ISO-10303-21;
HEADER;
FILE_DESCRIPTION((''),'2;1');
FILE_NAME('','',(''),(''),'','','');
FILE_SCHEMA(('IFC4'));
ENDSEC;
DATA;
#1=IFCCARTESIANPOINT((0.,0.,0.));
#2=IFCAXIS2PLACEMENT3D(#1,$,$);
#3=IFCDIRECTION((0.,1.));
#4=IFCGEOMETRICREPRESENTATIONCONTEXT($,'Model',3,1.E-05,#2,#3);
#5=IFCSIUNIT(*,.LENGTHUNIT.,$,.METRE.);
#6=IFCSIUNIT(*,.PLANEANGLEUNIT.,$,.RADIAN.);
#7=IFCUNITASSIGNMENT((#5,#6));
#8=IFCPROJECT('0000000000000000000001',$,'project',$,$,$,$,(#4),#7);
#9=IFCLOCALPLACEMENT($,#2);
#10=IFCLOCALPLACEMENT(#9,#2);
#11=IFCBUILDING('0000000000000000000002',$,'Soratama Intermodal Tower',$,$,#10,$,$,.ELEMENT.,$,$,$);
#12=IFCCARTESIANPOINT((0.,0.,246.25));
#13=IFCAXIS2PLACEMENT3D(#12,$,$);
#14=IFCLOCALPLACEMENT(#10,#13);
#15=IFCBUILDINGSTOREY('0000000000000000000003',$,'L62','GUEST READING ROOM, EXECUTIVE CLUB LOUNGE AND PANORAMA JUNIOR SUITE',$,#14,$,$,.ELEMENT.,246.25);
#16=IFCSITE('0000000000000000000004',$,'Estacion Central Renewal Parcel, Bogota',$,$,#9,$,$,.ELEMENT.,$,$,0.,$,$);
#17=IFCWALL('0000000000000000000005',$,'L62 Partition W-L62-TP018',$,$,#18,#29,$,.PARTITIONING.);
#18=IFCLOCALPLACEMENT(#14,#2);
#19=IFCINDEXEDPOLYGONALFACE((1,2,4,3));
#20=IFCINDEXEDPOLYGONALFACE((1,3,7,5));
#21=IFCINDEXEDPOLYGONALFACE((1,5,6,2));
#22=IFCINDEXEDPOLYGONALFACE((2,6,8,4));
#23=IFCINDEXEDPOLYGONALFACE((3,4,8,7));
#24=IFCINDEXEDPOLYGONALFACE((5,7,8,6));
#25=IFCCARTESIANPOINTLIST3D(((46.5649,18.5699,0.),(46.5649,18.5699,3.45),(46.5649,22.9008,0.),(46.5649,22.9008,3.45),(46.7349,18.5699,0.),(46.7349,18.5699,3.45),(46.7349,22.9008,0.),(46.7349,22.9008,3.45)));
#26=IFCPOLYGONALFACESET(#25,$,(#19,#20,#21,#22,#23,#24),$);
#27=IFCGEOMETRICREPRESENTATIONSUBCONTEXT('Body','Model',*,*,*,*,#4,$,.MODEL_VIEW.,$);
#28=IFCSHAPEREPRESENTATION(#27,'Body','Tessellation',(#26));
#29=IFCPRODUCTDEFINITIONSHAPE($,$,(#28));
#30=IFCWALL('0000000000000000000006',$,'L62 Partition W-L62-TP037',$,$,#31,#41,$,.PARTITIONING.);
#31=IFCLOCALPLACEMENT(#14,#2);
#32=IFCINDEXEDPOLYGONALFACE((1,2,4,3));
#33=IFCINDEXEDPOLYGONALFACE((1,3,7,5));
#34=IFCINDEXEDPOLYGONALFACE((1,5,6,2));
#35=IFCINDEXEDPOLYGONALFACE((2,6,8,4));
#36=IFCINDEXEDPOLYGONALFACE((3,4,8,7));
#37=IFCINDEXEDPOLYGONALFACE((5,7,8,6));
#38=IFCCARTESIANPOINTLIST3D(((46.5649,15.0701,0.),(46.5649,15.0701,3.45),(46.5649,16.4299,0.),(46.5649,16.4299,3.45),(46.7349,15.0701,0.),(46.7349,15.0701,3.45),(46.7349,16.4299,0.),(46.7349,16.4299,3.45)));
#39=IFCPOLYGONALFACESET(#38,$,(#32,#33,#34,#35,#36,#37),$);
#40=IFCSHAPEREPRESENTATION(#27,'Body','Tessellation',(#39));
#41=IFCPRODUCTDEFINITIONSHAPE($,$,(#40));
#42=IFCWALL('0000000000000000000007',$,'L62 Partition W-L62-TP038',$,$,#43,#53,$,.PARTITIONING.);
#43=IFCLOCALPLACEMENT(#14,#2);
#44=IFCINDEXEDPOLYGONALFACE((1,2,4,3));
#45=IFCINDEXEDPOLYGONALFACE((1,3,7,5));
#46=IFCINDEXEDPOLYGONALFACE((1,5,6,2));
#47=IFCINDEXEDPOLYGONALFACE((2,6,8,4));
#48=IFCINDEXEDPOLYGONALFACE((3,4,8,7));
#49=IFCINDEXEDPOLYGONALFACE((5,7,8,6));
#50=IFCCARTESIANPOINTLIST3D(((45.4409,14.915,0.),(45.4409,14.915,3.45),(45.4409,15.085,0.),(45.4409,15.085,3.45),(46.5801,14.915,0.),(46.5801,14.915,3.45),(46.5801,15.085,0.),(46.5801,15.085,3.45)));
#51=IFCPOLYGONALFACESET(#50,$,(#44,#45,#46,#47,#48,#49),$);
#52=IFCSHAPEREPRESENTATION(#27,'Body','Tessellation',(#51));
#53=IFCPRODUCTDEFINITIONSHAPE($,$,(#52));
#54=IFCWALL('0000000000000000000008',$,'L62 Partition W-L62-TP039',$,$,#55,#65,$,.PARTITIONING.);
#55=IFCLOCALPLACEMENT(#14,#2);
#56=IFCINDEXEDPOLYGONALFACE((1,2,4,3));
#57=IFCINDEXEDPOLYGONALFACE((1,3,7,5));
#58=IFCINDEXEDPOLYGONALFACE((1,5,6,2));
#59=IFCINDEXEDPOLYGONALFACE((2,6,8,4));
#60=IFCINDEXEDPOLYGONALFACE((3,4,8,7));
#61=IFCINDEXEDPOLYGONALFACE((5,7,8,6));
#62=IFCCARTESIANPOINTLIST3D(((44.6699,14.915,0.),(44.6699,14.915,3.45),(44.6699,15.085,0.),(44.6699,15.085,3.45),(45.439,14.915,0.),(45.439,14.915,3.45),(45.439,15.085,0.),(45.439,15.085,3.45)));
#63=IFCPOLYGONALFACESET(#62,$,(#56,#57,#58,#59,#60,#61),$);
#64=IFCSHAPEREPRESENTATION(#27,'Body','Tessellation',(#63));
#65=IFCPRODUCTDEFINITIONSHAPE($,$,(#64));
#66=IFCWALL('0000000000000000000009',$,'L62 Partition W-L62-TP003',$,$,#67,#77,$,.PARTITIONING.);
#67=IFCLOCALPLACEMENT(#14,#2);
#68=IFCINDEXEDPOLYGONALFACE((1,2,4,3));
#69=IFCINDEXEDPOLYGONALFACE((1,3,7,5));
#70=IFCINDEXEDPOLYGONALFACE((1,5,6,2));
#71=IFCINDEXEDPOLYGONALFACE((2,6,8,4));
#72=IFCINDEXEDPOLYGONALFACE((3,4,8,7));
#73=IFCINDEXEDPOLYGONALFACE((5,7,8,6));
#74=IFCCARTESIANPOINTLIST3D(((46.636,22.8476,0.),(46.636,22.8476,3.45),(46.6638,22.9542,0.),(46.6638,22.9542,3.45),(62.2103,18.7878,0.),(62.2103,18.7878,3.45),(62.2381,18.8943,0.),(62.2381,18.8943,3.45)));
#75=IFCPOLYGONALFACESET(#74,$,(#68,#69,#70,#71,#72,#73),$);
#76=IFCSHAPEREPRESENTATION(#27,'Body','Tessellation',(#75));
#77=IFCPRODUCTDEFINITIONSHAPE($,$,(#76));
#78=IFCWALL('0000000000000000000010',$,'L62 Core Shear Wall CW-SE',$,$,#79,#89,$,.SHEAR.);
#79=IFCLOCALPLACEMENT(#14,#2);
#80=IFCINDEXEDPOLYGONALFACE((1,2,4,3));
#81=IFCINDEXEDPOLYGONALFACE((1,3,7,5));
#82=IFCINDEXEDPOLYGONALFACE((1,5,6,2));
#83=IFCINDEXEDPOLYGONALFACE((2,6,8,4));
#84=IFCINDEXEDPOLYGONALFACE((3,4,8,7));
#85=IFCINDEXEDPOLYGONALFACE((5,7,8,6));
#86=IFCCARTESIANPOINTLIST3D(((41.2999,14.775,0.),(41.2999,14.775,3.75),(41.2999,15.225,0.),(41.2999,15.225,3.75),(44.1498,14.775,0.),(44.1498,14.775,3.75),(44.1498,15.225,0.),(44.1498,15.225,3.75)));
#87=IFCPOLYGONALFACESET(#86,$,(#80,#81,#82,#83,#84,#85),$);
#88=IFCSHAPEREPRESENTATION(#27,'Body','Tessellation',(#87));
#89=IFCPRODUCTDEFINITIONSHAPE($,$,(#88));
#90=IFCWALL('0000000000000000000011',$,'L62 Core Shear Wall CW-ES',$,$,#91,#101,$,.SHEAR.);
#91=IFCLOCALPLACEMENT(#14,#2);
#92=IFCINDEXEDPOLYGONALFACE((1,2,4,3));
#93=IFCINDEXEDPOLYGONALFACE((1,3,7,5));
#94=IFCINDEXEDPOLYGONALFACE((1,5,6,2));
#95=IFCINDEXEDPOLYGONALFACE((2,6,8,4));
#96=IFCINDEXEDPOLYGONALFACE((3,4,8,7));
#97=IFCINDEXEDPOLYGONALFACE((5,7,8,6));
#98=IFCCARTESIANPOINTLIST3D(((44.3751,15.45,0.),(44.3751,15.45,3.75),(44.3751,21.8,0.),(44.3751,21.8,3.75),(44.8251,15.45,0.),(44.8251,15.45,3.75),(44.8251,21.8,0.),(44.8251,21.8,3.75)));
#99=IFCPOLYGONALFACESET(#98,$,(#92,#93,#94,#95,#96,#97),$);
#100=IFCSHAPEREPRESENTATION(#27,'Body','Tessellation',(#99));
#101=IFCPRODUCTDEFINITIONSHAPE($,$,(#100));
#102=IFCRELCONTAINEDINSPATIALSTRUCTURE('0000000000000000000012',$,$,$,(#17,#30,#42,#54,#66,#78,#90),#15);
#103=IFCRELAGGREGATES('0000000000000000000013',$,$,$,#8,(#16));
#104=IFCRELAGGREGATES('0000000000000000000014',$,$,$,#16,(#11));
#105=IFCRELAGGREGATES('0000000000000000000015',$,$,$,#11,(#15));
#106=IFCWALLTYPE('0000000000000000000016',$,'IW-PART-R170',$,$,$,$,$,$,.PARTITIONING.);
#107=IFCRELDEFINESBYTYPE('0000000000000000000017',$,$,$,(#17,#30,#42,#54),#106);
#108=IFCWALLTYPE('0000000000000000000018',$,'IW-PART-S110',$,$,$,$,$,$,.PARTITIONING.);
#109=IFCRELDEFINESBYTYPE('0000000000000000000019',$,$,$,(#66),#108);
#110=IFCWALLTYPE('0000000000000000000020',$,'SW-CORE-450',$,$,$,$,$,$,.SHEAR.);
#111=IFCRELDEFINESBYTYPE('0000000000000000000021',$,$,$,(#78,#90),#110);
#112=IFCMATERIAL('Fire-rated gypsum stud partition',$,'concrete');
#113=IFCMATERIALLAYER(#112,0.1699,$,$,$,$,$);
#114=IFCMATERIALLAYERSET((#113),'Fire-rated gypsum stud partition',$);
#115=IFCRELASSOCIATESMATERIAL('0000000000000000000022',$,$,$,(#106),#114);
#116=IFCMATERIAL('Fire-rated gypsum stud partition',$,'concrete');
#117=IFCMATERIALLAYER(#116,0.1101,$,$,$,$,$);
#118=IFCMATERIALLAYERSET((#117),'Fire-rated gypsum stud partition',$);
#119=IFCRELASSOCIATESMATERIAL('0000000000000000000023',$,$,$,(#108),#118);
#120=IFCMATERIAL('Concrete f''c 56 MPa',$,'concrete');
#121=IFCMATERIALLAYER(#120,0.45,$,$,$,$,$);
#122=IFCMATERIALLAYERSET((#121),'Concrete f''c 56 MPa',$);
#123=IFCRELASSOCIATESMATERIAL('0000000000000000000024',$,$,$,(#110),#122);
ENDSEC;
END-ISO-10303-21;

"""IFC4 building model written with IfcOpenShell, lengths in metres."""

from ifc_helpers import new_model, si_unit, direction, frame, frame_2d, origin, place, context, subcontext, project, spatial, rectangle, extrude, material, layer, layer_set, type_object, element, save


model = new_model("IFC4")

# Units and contexts
model_context = context("Model", 3, precision=1e-05, world=origin(), true_north=direction((0.0, 1.0)))
body_context = subcontext(model_context, "Body", "Model", "MODEL_VIEW")
ifc_project = project(units=[si_unit("LENGTHUNIT", "METRE"), si_unit("PLANEANGLEUNIT", "RADIAN")], contexts=[model_context])

# Site, building, storey
site_placement = place(None, origin())
site = spatial("IfcSite", under=ifc_project, at=site_placement, Name="Estacion Central Renewal Parcel, Bogota", CompositionType="ELEMENT", RefElevation=0.0)
building_placement = place(site_placement, origin())
building = spatial("IfcBuilding", under=site, at=building_placement, Name="Soratama Intermodal Tower", CompositionType="ELEMENT")
storey_placement = place(building_placement, frame((0.0, 0.0, 246.25)))
storey = spatial("IfcBuildingStorey", under=building, at=storey_placement, Name="L62", Description="GUEST READING ROOM, EXECUTIVE CLUB LOUNGE AND PANORAMA JUNIOR SUITE", CompositionType="ELEMENT", Elevation=246.25)

# Shared definitions
ifc_material_1 = material(Name="Fire-rated gypsum stud partition", Category="concrete")
ifc_layer_1 = layer(ifc_material_1, 0.1699)
ifc_layer_set_1 = layer_set([ifc_layer_1], Name="Fire-rated gypsum stud partition")
wall_type_1 = type_object("IfcWallType", Name="IW-PART-R170", PredefinedType="PARTITIONING", material=ifc_layer_set_1)

# Wall
wall_1_placement = place(storey_placement, frame((46.6499, 22.9009, 0.0), z_axis=(0.0, 0.0, 1.0), x_axis=(0.0, -1.0, 0.0)))
element("IfcWall", 1, at=wall_1_placement, inside=storey, type_object=wall_type_1, Name="L62 Partition W-L62-TP018", PredefinedType="PARTITIONING", context=body_context, shape_type="SweptSolid", body=[
    extrude(rectangle(XDim=4.3308, YDim=0.1699, at=frame_2d((2.1655, 0.0))), origin(), (0.0, 0.0, 1.0), 3.45),
])

# Walls
wall_2_placement = place(storey_placement, frame((46.6499, 16.4299, 0.0), z_axis=(0.0, 0.0, 1.0), x_axis=(0.0, -1.0, 0.0)))
element("IfcWall", 2, at=wall_2_placement, inside=storey, type_object=wall_type_1, Name="L62 Partition W-L62-TP037", PredefinedType="PARTITIONING", context=body_context, shape_type="SweptSolid", body=[
    extrude(rectangle(XDim=1.3599, YDim=0.1699, at=frame_2d((0.6799, 0.0))), origin(), (0.0, 0.0, 1.0), 3.45),
])
wall_3_placement = place(storey_placement, frame((46.5801, 15.0, 0.0), z_axis=(0.0, 0.0, 1.0), x_axis=(-1.0, 0.0, 0.0)))
element("IfcWall", 3, at=wall_3_placement, inside=storey, type_object=wall_type_1, Name="L62 Partition W-L62-TP038", PredefinedType="PARTITIONING", context=body_context, shape_type="SweptSolid", body=[
    extrude(rectangle(XDim=1.1392, YDim=0.1699, at=frame_2d((0.5696, 0.0))), origin(), (0.0, 0.0, 1.0), 3.45),
])
wall_4_placement = place(storey_placement, frame((45.439, 15.0, 0.0), z_axis=(0.0, 0.0, 1.0), x_axis=(-1.0, 0.0, 0.0)))
element("IfcWall", 4, at=wall_4_placement, inside=storey, type_object=wall_type_1, Name="L62 Partition W-L62-TP039", PredefinedType="PARTITIONING", context=body_context, shape_type="SweptSolid", body=[
    extrude(rectangle(XDim=0.769, YDim=0.1699, at=frame_2d((0.3845, 0.0))), origin(), (0.0, 0.0, 1.0), 3.45),
])
ifc_material_2 = material(Name="Fire-rated gypsum stud partition", Category="concrete")
ifc_layer_2 = layer(ifc_material_2, 0.1101)
ifc_layer_set_2 = layer_set([ifc_layer_2], Name="Fire-rated gypsum stud partition")
wall_type_2 = type_object("IfcWallType", Name="IW-PART-S110", PredefinedType="PARTITIONING", material=ifc_layer_set_2)
wall_5_placement = place(storey_placement, frame((46.6499, 22.9009, 0.0), z_axis=(0.0, 0.0, 1.0), x_axis=(0.967663, -0.252246, 0.0)))
element("IfcWall", 5, at=wall_5_placement, inside=storey, type_object=wall_type_2, Name="L62 Partition W-L62-TP003", PredefinedType="PARTITIONING", context=body_context, shape_type="SweptSolid", body=[
    extrude(rectangle(XDim=16.0947, YDim=0.1101, at=frame_2d((8.0474, 0.0))), origin(), (0.0, 0.0, 1.0), 3.45),
])
ifc_material_3 = material(Name="Concrete f'c 56 MPa", Category="concrete")
ifc_layer_3 = layer(ifc_material_3, 0.45)
ifc_layer_set_3 = layer_set([ifc_layer_3], Name="Concrete f'c 56 MPa")
wall_type_3 = type_object("IfcWallType", Name="SW-CORE-450", PredefinedType="SHEAR", material=ifc_layer_set_3)
wall_6_placement = place(storey_placement, frame((41.3, 15.0, 0.0), z_axis=(0.0, 0.0, 1.0), x_axis=(1.0, 0.0, 0.0)))
element("IfcWall", 6, at=wall_6_placement, inside=storey, type_object=wall_type_3, Name="L62 Core Shear Wall CW-SE", PredefinedType="SHEAR", context=body_context, shape_type="SweptSolid", body=[
    extrude(rectangle(XDim=2.8499, YDim=0.45, at=frame_2d((1.4248, 0.0))), origin(), (0.0, 0.0, 1.0), 3.75),
])
wall_7_placement = place(storey_placement, frame((44.6001, 15.45, 0.0), z_axis=(0.0, 0.0, 1.0), x_axis=(0.0, 1.0, 0.0)))
element("IfcWall", 7, at=wall_7_placement, inside=storey, type_object=wall_type_3, Name="L62 Core Shear Wall CW-ES", PredefinedType="SHEAR", context=body_context, shape_type="SweptSolid", body=[
    extrude(rectangle(XDim=6.3501, YDim=0.45, at=frame_2d((3.175, 0.0))), origin(), (0.0, 0.0, 1.0), 3.75),
])

save(model, "model.ifc")
